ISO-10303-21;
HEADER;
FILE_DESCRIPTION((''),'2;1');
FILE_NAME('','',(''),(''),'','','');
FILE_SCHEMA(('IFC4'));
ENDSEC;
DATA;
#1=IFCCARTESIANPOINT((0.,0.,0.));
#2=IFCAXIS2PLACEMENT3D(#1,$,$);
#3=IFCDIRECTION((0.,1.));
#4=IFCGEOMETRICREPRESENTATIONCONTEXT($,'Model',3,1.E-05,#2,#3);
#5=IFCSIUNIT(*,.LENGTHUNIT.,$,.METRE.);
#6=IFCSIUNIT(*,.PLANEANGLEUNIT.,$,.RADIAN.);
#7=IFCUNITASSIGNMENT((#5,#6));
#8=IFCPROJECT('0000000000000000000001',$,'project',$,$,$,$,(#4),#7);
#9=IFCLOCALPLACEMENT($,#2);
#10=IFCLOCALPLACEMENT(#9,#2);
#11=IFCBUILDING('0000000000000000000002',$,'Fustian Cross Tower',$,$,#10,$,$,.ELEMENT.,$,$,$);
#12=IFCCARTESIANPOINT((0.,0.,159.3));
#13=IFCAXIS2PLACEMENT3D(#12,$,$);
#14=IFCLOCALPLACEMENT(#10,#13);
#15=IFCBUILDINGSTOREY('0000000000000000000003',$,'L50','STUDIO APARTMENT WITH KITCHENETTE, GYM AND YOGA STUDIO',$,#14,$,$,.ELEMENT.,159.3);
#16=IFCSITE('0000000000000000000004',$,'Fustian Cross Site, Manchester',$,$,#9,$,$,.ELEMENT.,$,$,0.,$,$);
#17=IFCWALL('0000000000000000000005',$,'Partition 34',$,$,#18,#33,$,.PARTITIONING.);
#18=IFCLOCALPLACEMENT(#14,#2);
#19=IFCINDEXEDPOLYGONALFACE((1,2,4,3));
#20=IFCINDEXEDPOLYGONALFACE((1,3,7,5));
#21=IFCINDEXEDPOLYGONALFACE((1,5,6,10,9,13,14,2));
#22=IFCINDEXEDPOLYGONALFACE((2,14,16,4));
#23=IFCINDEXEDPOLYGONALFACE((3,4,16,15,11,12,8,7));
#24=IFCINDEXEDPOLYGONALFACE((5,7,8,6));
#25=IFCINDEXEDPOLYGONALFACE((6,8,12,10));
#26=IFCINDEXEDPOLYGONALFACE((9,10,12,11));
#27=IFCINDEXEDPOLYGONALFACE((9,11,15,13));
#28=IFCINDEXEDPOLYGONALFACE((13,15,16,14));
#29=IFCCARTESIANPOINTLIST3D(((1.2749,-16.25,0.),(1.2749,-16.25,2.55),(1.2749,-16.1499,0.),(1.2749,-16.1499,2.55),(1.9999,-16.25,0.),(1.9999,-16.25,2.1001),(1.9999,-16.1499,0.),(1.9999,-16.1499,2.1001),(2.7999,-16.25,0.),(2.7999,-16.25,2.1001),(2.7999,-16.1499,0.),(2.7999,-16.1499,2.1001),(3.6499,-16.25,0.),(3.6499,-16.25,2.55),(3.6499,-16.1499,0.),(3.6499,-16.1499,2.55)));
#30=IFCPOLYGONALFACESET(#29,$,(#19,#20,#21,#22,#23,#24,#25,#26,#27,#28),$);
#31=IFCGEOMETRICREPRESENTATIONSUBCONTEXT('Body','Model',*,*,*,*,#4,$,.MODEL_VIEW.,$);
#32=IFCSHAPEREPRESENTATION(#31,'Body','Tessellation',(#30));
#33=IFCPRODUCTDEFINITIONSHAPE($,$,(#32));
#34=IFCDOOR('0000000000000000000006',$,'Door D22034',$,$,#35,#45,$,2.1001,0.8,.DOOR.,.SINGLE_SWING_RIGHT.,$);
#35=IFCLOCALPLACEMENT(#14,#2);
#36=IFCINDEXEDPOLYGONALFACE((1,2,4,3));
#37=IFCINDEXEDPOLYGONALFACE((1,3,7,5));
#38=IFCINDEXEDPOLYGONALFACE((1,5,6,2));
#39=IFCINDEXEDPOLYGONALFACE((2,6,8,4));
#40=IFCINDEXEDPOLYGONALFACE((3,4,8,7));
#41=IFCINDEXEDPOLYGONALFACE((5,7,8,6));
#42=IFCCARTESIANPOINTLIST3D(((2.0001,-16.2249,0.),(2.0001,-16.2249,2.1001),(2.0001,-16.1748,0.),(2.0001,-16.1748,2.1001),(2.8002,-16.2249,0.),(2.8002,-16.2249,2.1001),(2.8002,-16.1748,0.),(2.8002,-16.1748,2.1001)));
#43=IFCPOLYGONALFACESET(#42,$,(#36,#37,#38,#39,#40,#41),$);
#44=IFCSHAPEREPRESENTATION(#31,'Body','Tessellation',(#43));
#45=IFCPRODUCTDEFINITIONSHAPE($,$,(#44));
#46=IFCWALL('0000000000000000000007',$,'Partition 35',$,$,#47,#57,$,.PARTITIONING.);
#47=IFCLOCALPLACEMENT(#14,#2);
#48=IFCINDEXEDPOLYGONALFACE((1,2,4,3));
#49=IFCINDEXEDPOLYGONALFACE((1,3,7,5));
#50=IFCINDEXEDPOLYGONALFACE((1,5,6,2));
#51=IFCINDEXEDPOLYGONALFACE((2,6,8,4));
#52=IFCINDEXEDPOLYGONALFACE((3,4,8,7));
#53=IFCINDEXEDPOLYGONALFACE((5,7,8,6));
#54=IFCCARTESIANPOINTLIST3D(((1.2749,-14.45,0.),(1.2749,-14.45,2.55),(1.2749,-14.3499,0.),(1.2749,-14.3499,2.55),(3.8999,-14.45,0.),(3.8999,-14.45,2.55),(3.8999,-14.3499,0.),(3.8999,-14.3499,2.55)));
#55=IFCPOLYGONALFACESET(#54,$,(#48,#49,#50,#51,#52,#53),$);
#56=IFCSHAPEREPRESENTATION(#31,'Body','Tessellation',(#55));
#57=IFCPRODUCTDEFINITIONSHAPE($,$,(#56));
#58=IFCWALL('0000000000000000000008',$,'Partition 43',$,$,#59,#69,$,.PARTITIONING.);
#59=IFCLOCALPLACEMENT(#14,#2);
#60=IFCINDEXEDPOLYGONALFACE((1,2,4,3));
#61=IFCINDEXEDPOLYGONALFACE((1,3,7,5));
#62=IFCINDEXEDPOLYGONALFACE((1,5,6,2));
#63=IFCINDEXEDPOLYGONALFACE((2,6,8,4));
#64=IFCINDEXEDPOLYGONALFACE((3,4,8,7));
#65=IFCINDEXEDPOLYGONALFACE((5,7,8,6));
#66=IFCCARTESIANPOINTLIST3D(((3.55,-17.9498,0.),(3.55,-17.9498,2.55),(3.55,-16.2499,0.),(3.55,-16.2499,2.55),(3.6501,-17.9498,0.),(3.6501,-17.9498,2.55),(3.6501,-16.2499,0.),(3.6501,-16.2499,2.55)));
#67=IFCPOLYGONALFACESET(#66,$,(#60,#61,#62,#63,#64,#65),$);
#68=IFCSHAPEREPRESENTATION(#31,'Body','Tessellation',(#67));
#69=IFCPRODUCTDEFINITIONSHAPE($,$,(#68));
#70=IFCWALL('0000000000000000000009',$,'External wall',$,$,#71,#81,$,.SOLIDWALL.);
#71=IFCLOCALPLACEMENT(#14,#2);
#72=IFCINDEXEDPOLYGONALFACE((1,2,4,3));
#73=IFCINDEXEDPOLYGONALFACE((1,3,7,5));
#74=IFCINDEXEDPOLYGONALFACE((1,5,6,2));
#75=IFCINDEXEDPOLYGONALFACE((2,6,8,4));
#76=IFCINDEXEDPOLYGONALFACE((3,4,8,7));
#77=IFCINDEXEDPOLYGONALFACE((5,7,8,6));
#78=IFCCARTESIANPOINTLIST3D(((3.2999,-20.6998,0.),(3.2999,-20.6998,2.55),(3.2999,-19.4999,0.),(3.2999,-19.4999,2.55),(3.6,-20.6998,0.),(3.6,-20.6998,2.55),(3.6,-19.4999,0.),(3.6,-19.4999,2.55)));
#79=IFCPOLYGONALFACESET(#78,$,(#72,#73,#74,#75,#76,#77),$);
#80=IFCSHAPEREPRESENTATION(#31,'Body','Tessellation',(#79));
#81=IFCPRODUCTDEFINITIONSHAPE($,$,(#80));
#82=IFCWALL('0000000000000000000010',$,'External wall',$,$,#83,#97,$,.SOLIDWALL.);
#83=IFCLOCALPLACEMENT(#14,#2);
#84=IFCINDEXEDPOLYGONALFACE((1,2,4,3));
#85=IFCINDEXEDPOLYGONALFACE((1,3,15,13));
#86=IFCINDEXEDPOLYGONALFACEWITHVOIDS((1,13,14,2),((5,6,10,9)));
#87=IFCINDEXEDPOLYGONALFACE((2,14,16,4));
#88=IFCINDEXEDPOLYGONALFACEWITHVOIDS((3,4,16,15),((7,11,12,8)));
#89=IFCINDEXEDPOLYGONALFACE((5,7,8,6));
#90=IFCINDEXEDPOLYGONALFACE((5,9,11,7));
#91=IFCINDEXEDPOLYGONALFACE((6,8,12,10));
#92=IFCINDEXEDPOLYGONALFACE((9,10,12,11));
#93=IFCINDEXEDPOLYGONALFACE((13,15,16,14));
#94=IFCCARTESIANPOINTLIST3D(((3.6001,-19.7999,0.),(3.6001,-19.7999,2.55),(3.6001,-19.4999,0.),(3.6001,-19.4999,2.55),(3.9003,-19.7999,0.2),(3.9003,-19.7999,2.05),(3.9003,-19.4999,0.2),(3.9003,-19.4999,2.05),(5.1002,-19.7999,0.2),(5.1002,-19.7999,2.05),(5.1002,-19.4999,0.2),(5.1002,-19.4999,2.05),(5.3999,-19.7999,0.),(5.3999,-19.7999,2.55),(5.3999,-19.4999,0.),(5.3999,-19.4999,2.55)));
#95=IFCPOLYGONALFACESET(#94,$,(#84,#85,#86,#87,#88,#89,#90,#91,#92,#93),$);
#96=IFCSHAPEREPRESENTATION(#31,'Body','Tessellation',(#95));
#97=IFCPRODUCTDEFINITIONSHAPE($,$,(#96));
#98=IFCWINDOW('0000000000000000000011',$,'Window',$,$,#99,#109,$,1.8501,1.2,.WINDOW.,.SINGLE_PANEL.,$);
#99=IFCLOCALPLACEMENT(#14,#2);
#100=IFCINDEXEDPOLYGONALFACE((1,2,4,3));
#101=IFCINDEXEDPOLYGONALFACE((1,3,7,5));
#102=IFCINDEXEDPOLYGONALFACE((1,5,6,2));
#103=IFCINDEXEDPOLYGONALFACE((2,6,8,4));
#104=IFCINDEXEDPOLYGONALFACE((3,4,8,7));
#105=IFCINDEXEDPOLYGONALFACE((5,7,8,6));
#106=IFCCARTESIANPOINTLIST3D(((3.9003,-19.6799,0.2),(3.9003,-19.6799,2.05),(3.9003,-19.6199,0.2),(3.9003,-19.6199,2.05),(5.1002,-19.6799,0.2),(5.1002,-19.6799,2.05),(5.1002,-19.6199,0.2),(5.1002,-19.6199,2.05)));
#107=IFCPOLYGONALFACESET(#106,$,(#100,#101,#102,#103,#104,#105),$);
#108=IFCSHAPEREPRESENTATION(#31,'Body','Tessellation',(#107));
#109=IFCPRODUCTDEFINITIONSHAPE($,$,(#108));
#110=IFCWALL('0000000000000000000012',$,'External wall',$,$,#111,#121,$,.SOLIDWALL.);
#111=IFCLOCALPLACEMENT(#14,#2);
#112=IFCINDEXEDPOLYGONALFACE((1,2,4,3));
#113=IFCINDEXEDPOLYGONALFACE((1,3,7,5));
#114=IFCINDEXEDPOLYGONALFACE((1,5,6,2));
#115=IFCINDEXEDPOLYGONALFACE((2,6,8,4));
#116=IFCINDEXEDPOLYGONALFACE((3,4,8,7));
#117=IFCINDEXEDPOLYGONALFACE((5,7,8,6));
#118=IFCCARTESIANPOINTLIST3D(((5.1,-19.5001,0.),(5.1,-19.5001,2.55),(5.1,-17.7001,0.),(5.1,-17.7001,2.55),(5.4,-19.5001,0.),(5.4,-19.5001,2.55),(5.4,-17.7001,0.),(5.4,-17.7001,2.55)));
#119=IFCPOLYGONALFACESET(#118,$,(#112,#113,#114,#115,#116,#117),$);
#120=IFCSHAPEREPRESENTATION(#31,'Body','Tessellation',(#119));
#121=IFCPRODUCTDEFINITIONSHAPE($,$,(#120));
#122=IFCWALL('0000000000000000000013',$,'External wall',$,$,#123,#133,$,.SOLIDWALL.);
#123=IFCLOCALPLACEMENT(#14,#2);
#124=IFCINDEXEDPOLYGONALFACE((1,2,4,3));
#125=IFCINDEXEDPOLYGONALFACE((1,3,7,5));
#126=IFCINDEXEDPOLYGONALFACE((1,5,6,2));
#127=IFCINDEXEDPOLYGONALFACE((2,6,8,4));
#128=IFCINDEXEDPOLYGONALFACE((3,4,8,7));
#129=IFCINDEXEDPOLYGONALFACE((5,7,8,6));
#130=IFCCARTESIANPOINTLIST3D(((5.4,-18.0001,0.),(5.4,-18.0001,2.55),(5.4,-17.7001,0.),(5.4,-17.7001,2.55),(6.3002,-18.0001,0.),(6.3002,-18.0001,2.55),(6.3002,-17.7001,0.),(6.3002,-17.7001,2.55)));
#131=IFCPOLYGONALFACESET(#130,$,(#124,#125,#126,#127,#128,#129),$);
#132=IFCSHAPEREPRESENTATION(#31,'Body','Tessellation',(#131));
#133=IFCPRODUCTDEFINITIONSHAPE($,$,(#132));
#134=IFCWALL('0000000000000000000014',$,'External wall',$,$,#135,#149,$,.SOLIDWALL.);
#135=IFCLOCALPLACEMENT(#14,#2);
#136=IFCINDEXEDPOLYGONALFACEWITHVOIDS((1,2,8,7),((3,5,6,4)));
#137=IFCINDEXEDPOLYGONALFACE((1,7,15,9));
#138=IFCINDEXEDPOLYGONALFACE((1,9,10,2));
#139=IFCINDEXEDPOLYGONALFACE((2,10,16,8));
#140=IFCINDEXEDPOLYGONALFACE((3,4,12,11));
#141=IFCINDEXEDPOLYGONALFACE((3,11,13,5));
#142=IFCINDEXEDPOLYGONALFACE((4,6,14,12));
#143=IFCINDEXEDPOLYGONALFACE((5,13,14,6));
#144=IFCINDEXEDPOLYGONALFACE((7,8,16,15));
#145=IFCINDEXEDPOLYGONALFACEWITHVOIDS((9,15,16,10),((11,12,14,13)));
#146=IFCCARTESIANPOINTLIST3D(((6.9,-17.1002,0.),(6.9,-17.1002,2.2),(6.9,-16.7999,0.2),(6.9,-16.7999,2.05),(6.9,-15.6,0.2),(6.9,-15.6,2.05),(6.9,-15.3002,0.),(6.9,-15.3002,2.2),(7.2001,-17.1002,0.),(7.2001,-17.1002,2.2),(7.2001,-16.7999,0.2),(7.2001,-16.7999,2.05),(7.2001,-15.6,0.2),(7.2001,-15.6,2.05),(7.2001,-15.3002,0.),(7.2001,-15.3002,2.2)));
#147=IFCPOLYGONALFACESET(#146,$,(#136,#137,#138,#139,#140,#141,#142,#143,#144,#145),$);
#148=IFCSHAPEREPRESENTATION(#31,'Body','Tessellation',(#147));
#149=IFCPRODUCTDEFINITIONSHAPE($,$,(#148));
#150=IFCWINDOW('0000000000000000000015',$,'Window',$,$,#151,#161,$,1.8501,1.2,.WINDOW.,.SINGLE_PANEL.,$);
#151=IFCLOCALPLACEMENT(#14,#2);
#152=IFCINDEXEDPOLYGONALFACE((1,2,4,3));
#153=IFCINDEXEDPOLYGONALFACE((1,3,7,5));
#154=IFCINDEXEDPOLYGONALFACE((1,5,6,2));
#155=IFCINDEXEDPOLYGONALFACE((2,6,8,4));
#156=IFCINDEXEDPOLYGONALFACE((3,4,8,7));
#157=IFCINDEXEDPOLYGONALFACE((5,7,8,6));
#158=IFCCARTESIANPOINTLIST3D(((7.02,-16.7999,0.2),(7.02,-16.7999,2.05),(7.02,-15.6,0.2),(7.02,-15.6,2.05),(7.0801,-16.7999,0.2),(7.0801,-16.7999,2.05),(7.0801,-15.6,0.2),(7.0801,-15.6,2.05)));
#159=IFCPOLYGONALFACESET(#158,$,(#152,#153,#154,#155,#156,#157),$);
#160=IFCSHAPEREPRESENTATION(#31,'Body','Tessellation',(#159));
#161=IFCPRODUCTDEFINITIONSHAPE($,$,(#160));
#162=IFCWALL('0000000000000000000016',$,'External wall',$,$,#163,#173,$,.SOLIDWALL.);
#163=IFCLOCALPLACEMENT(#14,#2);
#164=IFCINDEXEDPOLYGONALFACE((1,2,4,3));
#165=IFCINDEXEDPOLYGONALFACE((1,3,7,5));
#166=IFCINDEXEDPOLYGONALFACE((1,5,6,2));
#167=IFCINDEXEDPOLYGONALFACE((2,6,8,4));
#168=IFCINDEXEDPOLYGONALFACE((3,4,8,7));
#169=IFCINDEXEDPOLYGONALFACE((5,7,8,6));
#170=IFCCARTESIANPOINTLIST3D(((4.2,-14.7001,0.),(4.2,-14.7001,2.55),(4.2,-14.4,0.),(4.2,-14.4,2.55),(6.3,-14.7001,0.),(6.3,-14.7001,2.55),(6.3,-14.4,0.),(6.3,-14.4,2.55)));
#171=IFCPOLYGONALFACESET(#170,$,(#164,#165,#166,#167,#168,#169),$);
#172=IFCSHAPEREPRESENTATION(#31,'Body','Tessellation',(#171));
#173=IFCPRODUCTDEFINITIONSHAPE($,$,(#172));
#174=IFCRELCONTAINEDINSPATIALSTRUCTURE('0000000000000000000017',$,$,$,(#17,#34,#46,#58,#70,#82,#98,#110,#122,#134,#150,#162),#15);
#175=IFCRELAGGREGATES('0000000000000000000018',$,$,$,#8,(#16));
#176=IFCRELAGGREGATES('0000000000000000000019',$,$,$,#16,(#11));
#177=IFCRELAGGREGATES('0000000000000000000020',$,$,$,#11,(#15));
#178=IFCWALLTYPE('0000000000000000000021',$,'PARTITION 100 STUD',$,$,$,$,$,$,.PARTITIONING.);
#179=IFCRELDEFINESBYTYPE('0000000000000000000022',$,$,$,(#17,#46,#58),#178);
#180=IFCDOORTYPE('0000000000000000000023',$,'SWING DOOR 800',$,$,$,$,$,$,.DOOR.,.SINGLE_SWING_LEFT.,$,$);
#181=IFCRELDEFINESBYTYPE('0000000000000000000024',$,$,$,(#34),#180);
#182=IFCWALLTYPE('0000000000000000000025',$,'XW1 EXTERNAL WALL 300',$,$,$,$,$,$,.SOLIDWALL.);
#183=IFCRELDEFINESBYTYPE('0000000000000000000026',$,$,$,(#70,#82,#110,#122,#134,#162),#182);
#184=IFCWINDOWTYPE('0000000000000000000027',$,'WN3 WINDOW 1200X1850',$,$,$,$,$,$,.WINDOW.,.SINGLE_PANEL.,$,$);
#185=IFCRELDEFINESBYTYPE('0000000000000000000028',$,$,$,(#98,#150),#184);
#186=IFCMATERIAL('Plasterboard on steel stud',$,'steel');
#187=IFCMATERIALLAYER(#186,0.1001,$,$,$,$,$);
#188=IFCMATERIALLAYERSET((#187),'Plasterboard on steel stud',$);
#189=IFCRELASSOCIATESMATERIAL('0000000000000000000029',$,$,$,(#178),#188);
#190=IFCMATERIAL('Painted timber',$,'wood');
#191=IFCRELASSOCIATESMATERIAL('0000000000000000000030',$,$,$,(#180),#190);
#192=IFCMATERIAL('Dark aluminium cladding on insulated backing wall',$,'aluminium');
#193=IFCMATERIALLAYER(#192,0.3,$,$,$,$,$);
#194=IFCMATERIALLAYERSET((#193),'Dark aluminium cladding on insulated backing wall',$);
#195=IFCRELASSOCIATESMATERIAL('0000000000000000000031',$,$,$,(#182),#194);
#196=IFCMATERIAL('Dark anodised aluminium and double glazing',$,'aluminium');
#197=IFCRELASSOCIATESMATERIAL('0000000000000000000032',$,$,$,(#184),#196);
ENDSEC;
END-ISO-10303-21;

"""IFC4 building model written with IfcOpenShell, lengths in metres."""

from ifc_helpers import new_model, si_unit, direction, frame, frame_2d, origin, place, context, subcontext, project, spatial, rectangle, extrude, material, layer, layer_set, type_object, element, fill, save


model = new_model("IFC4")

# Units and contexts
model_context = context("Model", 3, precision=1e-05, world=origin(), true_north=direction((0.0, 1.0)))
body_context = subcontext(model_context, "Body", "Model", "MODEL_VIEW")
ifc_project = project(units=[si_unit("LENGTHUNIT", "METRE"), si_unit("PLANEANGLEUNIT", "RADIAN")], contexts=[model_context])

# Site, building, storey
site_placement = place(None, origin())
site = spatial("IfcSite", under=ifc_project, at=site_placement, Name="Fustian Cross Site, Manchester", CompositionType="ELEMENT", RefElevation=0.0)
building_placement = place(site_placement, origin())
building = spatial("IfcBuilding", under=site, at=building_placement, Name="Fustian Cross Tower", CompositionType="ELEMENT")
storey_placement = place(building_placement, frame((0.0, 0.0, 159.3)))
storey = spatial("IfcBuildingStorey", under=building, at=storey_placement, Name="L50", Description="STUDIO APARTMENT WITH KITCHENETTE, GYM AND YOGA STUDIO", CompositionType="ELEMENT", Elevation=159.3)

# Shared definitions
ifc_material_1 = material(Name="Plasterboard on steel stud", Category="steel")
ifc_layer_1 = layer(ifc_material_1, 0.1001)
ifc_layer_set_1 = layer_set([ifc_layer_1], Name="Plasterboard on steel stud")
wall_type_1 = type_object("IfcWallType", Name="PARTITION 100 STUD", PredefinedType="PARTITIONING", material=ifc_layer_set_1)

# Wall, opening, door
wall_1_placement = place(storey_placement, frame((1.2749, -16.2, 0.0), z_axis=(0.0, 0.0, 1.0), x_axis=(1.0, 0.0, 0.0)))
wall_1 = element("IfcWall", 1, at=wall_1_placement, inside=storey, type_object=wall_type_1, Name="Partition 34", PredefinedType="PARTITIONING", context=body_context, shape_type="SweptSolid", body=[
    extrude(rectangle(XDim=2.375, YDim=0.1001, at=frame_2d((1.1875, 0.0))), origin(), (0.0, 0.0, 1.0), 2.55),
])
opening_1_placement = place(wall_1_placement, frame((0.7251, 0.0, 0.0)))
opening_1 = element("IfcOpeningElement", 2, at=opening_1_placement, cuts=wall_1, PredefinedType="OPENING", context=body_context, shape_type="SweptSolid", body=[
    extrude(rectangle(XDim=0.8, YDim=2.1001, at=frame_2d((0.3999, 1.05))), frame((0.0, 0.0601, 0.0), z_axis=(0.0, -1.0, 0.0), x_axis=(1.0, 0.0, 0.0)), (0.0, 0.0, 1.0), 0.1201),
])
ifc_material_2 = material(Name="Painted timber", Category="wood")
door_type_1 = type_object("IfcDoorType", Name="SWING DOOR 800", OperationType="SINGLE_SWING_LEFT", PredefinedType="DOOR", material=ifc_material_2)
door_1_placement = place(opening_1_placement, frame((0.8, 0.0, 0.0), z_axis=(0.0, 0.0, 1.0), x_axis=(-1.0, 0.0, 0.0)))
door_1 = element("IfcDoor", 3, at=door_1_placement, inside=storey, type_object=door_type_1, Name="Door D22034", OperationType="SINGLE_SWING_RIGHT", OverallHeight=2.1001, OverallWidth=0.8, PredefinedType="DOOR", context=body_context, shape_type="SweptSolid", body=[
    extrude(rectangle(XDim=0.8, YDim=2.1001, at=frame_2d((0.3999, 1.05))), frame((0.0, 0.0249, 0.0), z_axis=(0.0, -1.0, 0.0), x_axis=(1.0, 0.0, 0.0)), (0.0, 0.0, 1.0), 0.05),
])
fill(opening_1, door_1)

# Walls
wall_2_placement = place(storey_placement, frame((1.2749, -14.3999, 0.0), z_axis=(0.0, 0.0, 1.0), x_axis=(1.0, 0.0, 0.0)))
element("IfcWall", 4, at=wall_2_placement, inside=storey, type_object=wall_type_1, Name="Partition 35", PredefinedType="PARTITIONING", context=body_context, shape_type="SweptSolid", body=[
    extrude(rectangle(XDim=2.625, YDim=0.1001, at=frame_2d((1.3125, 0.0))), origin(), (0.0, 0.0, 1.0), 2.55),
])
wall_3_placement = place(storey_placement, frame((3.6001, -17.95, 0.0), z_axis=(0.0, 0.0, 1.0), x_axis=(0.0, 1.0, 0.0)))
element("IfcWall", 5, at=wall_3_placement, inside=storey, type_object=wall_type_1, Name="Partition 43", PredefinedType="PARTITIONING", context=body_context, shape_type="SweptSolid", body=[
    extrude(rectangle(XDim=1.7, YDim=0.1001, at=frame_2d((0.8501, 0.0))), origin(), (0.0, 0.0, 1.0), 2.55),
])
ifc_material_3 = material(Name="Dark aluminium cladding on insulated backing wall", Category="aluminium")
ifc_layer_2 = layer(ifc_material_3, 0.3)
ifc_layer_set_2 = layer_set([ifc_layer_2], Name="Dark aluminium cladding on insulated backing wall")
wall_type_2 = type_object("IfcWallType", Name="XW1 EXTERNAL WALL 300", PredefinedType="SOLIDWALL", material=ifc_layer_set_2)
wall_4_placement = place(storey_placement, frame((3.45, -20.7, 0.0), z_axis=(0.0, 0.0, 1.0), x_axis=(0.0, 1.0, 0.0)))
element("IfcWall", 6, at=wall_4_placement, inside=storey, type_object=wall_type_2, Name="External wall", PredefinedType="SOLIDWALL", context=body_context, shape_type="SweptSolid", body=[
    extrude(rectangle(XDim=1.2, YDim=0.3, at=frame_2d((0.6001, 0.0))), origin(), (0.0, 0.0, 1.0), 2.55),
])

# Wall, opening, window
wall_5_placement = place(storey_placement, frame((3.6001, -19.6499, 0.0), z_axis=(0.0, 0.0, 1.0), x_axis=(1.0, 0.0, 0.0)))
wall_5 = element("IfcWall", 7, at=wall_5_placement, inside=storey, type_object=wall_type_2, Name="External wall", PredefinedType="SOLIDWALL", context=body_context, shape_type="SweptSolid", body=[
    extrude(rectangle(XDim=1.7998, YDim=0.3, at=frame_2d((0.8999, 0.0))), origin(), (0.0, 0.0, 1.0), 2.55),
])
opening_2_placement = place(wall_5_placement, frame((0.3, 0.0, 0.2)))
opening_2 = element("IfcOpeningElement", 8, at=opening_2_placement, cuts=wall_5, PredefinedType="OPENING", context=body_context, shape_type="SweptSolid", body=[
    extrude(rectangle(XDim=1.2, YDim=1.8501, at=frame_2d((0.6001, 0.925))), frame((0.0, 0.1599, 0.0), z_axis=(0.0, -1.0, 0.0), x_axis=(1.0, 0.0, 0.0)), (0.0, 0.0, 1.0), 0.3201),
])
ifc_material_4 = material(Name="Dark anodised aluminium and double glazing", Category="aluminium")
window_type = type_object("IfcWindowType", Name="WN3 WINDOW 1200X1850", PartitioningType="SINGLE_PANEL", PredefinedType="WINDOW", material=ifc_material_4)
window_1_placement = place(opening_2_placement, origin())
window_1 = element("IfcWindow", 9, at=window_1_placement, inside=storey, type_object=window_type, Name="Window", OverallHeight=1.8501, OverallWidth=1.2, PartitioningType="SINGLE_PANEL", PredefinedType="WINDOW", context=body_context, shape_type="SweptSolid", body=[
    extrude(rectangle(XDim=1.2, YDim=1.8501, at=frame_2d((0.6001, 0.925))), frame((0.0, 0.03, 0.0), z_axis=(0.0, -1.0, 0.0), x_axis=(1.0, 0.0, 0.0)), (0.0, 0.0, 1.0), 0.0601),
])
fill(opening_2, window_1)

# Walls
wall_6_placement = place(storey_placement, frame((5.25, -19.5, 0.0), z_axis=(0.0, 0.0, 1.0), x_axis=(0.0, 1.0, 0.0)))
element("IfcWall", 10, at=wall_6_placement, inside=storey, type_object=wall_type_2, Name="External wall", PredefinedType="SOLIDWALL", context=body_context, shape_type="SweptSolid", body=[
    extrude(rectangle(XDim=1.8, YDim=0.3, at=frame_2d((0.8999, 0.0))), origin(), (0.0, 0.0, 1.0), 2.55),
])
wall_7_placement = place(storey_placement, frame((5.3999, -17.8501, 0.0), z_axis=(0.0, 0.0, 1.0), x_axis=(1.0, 0.0, 0.0)))
element("IfcWall", 11, at=wall_7_placement, inside=storey, type_object=wall_type_2, Name="External wall", PredefinedType="SOLIDWALL", context=body_context, shape_type="SweptSolid", body=[
    extrude(rectangle(XDim=0.9001, YDim=0.3, at=frame_2d((0.4502, 0.0))), origin(), (0.0, 0.0, 1.0), 2.55),
])

# Wall, opening, window
wall_8_placement = place(storey_placement, frame((7.05, -17.1001, 0.0), z_axis=(0.0, 0.0, 1.0), x_axis=(0.0, 1.0, 0.0)))
wall_8 = element("IfcWall", 12, at=wall_8_placement, inside=storey, type_object=wall_type_2, Name="External wall", PredefinedType="SOLIDWALL", context=body_context, shape_type="SweptSolid", body=[
    extrude(rectangle(XDim=1.8, YDim=0.3, at=frame_2d((0.8999, 0.0))), origin(), (0.0, 0.0, 1.0), 2.2),
])
opening_3_placement = place(wall_8_placement, frame((0.3, 0.0, 0.2)))
opening_3 = element("IfcOpeningElement", 13, at=opening_3_placement, cuts=wall_8, PredefinedType="OPENING", context=body_context, shape_type="SweptSolid", body=[
    extrude(rectangle(XDim=1.2, YDim=1.8501, at=frame_2d((0.6001, 0.925))), frame((0.0, 0.1599, 0.0), z_axis=(0.0, -1.0, 0.0), x_axis=(1.0, 0.0, 0.0)), (0.0, 0.0, 1.0), 0.3201),
])
window_2_placement = place(opening_3_placement, origin())
window_2 = element("IfcWindow", 14, at=window_2_placement, inside=storey, type_object=window_type, Name="Window", OverallHeight=1.8501, OverallWidth=1.2, PartitioningType="SINGLE_PANEL", PredefinedType="WINDOW", context=body_context, shape_type="SweptSolid", body=[
    extrude(rectangle(XDim=1.2, YDim=1.8501, at=frame_2d((0.6001, 0.925))), frame((0.0, 0.03, 0.0), z_axis=(0.0, -1.0, 0.0), x_axis=(1.0, 0.0, 0.0)), (0.0, 0.0, 1.0), 0.0601),
])
fill(opening_3, window_2)

# Wall
wall_9_placement = place(storey_placement, frame((6.3, -14.55, 0.0), z_axis=(0.0, 0.0, 1.0), x_axis=(-1.0, 0.0, 0.0)))
element("IfcWall", 15, at=wall_9_placement, inside=storey, type_object=wall_type_2, Name="External wall", PredefinedType="SOLIDWALL", context=body_context, shape_type="SweptSolid", body=[
    extrude(rectangle(XDim=2.1001, YDim=0.3, at=frame_2d((1.05, 0.0))), origin(), (0.0, 0.0, 1.0), 2.55),
])

save(model, "model.ifc")
